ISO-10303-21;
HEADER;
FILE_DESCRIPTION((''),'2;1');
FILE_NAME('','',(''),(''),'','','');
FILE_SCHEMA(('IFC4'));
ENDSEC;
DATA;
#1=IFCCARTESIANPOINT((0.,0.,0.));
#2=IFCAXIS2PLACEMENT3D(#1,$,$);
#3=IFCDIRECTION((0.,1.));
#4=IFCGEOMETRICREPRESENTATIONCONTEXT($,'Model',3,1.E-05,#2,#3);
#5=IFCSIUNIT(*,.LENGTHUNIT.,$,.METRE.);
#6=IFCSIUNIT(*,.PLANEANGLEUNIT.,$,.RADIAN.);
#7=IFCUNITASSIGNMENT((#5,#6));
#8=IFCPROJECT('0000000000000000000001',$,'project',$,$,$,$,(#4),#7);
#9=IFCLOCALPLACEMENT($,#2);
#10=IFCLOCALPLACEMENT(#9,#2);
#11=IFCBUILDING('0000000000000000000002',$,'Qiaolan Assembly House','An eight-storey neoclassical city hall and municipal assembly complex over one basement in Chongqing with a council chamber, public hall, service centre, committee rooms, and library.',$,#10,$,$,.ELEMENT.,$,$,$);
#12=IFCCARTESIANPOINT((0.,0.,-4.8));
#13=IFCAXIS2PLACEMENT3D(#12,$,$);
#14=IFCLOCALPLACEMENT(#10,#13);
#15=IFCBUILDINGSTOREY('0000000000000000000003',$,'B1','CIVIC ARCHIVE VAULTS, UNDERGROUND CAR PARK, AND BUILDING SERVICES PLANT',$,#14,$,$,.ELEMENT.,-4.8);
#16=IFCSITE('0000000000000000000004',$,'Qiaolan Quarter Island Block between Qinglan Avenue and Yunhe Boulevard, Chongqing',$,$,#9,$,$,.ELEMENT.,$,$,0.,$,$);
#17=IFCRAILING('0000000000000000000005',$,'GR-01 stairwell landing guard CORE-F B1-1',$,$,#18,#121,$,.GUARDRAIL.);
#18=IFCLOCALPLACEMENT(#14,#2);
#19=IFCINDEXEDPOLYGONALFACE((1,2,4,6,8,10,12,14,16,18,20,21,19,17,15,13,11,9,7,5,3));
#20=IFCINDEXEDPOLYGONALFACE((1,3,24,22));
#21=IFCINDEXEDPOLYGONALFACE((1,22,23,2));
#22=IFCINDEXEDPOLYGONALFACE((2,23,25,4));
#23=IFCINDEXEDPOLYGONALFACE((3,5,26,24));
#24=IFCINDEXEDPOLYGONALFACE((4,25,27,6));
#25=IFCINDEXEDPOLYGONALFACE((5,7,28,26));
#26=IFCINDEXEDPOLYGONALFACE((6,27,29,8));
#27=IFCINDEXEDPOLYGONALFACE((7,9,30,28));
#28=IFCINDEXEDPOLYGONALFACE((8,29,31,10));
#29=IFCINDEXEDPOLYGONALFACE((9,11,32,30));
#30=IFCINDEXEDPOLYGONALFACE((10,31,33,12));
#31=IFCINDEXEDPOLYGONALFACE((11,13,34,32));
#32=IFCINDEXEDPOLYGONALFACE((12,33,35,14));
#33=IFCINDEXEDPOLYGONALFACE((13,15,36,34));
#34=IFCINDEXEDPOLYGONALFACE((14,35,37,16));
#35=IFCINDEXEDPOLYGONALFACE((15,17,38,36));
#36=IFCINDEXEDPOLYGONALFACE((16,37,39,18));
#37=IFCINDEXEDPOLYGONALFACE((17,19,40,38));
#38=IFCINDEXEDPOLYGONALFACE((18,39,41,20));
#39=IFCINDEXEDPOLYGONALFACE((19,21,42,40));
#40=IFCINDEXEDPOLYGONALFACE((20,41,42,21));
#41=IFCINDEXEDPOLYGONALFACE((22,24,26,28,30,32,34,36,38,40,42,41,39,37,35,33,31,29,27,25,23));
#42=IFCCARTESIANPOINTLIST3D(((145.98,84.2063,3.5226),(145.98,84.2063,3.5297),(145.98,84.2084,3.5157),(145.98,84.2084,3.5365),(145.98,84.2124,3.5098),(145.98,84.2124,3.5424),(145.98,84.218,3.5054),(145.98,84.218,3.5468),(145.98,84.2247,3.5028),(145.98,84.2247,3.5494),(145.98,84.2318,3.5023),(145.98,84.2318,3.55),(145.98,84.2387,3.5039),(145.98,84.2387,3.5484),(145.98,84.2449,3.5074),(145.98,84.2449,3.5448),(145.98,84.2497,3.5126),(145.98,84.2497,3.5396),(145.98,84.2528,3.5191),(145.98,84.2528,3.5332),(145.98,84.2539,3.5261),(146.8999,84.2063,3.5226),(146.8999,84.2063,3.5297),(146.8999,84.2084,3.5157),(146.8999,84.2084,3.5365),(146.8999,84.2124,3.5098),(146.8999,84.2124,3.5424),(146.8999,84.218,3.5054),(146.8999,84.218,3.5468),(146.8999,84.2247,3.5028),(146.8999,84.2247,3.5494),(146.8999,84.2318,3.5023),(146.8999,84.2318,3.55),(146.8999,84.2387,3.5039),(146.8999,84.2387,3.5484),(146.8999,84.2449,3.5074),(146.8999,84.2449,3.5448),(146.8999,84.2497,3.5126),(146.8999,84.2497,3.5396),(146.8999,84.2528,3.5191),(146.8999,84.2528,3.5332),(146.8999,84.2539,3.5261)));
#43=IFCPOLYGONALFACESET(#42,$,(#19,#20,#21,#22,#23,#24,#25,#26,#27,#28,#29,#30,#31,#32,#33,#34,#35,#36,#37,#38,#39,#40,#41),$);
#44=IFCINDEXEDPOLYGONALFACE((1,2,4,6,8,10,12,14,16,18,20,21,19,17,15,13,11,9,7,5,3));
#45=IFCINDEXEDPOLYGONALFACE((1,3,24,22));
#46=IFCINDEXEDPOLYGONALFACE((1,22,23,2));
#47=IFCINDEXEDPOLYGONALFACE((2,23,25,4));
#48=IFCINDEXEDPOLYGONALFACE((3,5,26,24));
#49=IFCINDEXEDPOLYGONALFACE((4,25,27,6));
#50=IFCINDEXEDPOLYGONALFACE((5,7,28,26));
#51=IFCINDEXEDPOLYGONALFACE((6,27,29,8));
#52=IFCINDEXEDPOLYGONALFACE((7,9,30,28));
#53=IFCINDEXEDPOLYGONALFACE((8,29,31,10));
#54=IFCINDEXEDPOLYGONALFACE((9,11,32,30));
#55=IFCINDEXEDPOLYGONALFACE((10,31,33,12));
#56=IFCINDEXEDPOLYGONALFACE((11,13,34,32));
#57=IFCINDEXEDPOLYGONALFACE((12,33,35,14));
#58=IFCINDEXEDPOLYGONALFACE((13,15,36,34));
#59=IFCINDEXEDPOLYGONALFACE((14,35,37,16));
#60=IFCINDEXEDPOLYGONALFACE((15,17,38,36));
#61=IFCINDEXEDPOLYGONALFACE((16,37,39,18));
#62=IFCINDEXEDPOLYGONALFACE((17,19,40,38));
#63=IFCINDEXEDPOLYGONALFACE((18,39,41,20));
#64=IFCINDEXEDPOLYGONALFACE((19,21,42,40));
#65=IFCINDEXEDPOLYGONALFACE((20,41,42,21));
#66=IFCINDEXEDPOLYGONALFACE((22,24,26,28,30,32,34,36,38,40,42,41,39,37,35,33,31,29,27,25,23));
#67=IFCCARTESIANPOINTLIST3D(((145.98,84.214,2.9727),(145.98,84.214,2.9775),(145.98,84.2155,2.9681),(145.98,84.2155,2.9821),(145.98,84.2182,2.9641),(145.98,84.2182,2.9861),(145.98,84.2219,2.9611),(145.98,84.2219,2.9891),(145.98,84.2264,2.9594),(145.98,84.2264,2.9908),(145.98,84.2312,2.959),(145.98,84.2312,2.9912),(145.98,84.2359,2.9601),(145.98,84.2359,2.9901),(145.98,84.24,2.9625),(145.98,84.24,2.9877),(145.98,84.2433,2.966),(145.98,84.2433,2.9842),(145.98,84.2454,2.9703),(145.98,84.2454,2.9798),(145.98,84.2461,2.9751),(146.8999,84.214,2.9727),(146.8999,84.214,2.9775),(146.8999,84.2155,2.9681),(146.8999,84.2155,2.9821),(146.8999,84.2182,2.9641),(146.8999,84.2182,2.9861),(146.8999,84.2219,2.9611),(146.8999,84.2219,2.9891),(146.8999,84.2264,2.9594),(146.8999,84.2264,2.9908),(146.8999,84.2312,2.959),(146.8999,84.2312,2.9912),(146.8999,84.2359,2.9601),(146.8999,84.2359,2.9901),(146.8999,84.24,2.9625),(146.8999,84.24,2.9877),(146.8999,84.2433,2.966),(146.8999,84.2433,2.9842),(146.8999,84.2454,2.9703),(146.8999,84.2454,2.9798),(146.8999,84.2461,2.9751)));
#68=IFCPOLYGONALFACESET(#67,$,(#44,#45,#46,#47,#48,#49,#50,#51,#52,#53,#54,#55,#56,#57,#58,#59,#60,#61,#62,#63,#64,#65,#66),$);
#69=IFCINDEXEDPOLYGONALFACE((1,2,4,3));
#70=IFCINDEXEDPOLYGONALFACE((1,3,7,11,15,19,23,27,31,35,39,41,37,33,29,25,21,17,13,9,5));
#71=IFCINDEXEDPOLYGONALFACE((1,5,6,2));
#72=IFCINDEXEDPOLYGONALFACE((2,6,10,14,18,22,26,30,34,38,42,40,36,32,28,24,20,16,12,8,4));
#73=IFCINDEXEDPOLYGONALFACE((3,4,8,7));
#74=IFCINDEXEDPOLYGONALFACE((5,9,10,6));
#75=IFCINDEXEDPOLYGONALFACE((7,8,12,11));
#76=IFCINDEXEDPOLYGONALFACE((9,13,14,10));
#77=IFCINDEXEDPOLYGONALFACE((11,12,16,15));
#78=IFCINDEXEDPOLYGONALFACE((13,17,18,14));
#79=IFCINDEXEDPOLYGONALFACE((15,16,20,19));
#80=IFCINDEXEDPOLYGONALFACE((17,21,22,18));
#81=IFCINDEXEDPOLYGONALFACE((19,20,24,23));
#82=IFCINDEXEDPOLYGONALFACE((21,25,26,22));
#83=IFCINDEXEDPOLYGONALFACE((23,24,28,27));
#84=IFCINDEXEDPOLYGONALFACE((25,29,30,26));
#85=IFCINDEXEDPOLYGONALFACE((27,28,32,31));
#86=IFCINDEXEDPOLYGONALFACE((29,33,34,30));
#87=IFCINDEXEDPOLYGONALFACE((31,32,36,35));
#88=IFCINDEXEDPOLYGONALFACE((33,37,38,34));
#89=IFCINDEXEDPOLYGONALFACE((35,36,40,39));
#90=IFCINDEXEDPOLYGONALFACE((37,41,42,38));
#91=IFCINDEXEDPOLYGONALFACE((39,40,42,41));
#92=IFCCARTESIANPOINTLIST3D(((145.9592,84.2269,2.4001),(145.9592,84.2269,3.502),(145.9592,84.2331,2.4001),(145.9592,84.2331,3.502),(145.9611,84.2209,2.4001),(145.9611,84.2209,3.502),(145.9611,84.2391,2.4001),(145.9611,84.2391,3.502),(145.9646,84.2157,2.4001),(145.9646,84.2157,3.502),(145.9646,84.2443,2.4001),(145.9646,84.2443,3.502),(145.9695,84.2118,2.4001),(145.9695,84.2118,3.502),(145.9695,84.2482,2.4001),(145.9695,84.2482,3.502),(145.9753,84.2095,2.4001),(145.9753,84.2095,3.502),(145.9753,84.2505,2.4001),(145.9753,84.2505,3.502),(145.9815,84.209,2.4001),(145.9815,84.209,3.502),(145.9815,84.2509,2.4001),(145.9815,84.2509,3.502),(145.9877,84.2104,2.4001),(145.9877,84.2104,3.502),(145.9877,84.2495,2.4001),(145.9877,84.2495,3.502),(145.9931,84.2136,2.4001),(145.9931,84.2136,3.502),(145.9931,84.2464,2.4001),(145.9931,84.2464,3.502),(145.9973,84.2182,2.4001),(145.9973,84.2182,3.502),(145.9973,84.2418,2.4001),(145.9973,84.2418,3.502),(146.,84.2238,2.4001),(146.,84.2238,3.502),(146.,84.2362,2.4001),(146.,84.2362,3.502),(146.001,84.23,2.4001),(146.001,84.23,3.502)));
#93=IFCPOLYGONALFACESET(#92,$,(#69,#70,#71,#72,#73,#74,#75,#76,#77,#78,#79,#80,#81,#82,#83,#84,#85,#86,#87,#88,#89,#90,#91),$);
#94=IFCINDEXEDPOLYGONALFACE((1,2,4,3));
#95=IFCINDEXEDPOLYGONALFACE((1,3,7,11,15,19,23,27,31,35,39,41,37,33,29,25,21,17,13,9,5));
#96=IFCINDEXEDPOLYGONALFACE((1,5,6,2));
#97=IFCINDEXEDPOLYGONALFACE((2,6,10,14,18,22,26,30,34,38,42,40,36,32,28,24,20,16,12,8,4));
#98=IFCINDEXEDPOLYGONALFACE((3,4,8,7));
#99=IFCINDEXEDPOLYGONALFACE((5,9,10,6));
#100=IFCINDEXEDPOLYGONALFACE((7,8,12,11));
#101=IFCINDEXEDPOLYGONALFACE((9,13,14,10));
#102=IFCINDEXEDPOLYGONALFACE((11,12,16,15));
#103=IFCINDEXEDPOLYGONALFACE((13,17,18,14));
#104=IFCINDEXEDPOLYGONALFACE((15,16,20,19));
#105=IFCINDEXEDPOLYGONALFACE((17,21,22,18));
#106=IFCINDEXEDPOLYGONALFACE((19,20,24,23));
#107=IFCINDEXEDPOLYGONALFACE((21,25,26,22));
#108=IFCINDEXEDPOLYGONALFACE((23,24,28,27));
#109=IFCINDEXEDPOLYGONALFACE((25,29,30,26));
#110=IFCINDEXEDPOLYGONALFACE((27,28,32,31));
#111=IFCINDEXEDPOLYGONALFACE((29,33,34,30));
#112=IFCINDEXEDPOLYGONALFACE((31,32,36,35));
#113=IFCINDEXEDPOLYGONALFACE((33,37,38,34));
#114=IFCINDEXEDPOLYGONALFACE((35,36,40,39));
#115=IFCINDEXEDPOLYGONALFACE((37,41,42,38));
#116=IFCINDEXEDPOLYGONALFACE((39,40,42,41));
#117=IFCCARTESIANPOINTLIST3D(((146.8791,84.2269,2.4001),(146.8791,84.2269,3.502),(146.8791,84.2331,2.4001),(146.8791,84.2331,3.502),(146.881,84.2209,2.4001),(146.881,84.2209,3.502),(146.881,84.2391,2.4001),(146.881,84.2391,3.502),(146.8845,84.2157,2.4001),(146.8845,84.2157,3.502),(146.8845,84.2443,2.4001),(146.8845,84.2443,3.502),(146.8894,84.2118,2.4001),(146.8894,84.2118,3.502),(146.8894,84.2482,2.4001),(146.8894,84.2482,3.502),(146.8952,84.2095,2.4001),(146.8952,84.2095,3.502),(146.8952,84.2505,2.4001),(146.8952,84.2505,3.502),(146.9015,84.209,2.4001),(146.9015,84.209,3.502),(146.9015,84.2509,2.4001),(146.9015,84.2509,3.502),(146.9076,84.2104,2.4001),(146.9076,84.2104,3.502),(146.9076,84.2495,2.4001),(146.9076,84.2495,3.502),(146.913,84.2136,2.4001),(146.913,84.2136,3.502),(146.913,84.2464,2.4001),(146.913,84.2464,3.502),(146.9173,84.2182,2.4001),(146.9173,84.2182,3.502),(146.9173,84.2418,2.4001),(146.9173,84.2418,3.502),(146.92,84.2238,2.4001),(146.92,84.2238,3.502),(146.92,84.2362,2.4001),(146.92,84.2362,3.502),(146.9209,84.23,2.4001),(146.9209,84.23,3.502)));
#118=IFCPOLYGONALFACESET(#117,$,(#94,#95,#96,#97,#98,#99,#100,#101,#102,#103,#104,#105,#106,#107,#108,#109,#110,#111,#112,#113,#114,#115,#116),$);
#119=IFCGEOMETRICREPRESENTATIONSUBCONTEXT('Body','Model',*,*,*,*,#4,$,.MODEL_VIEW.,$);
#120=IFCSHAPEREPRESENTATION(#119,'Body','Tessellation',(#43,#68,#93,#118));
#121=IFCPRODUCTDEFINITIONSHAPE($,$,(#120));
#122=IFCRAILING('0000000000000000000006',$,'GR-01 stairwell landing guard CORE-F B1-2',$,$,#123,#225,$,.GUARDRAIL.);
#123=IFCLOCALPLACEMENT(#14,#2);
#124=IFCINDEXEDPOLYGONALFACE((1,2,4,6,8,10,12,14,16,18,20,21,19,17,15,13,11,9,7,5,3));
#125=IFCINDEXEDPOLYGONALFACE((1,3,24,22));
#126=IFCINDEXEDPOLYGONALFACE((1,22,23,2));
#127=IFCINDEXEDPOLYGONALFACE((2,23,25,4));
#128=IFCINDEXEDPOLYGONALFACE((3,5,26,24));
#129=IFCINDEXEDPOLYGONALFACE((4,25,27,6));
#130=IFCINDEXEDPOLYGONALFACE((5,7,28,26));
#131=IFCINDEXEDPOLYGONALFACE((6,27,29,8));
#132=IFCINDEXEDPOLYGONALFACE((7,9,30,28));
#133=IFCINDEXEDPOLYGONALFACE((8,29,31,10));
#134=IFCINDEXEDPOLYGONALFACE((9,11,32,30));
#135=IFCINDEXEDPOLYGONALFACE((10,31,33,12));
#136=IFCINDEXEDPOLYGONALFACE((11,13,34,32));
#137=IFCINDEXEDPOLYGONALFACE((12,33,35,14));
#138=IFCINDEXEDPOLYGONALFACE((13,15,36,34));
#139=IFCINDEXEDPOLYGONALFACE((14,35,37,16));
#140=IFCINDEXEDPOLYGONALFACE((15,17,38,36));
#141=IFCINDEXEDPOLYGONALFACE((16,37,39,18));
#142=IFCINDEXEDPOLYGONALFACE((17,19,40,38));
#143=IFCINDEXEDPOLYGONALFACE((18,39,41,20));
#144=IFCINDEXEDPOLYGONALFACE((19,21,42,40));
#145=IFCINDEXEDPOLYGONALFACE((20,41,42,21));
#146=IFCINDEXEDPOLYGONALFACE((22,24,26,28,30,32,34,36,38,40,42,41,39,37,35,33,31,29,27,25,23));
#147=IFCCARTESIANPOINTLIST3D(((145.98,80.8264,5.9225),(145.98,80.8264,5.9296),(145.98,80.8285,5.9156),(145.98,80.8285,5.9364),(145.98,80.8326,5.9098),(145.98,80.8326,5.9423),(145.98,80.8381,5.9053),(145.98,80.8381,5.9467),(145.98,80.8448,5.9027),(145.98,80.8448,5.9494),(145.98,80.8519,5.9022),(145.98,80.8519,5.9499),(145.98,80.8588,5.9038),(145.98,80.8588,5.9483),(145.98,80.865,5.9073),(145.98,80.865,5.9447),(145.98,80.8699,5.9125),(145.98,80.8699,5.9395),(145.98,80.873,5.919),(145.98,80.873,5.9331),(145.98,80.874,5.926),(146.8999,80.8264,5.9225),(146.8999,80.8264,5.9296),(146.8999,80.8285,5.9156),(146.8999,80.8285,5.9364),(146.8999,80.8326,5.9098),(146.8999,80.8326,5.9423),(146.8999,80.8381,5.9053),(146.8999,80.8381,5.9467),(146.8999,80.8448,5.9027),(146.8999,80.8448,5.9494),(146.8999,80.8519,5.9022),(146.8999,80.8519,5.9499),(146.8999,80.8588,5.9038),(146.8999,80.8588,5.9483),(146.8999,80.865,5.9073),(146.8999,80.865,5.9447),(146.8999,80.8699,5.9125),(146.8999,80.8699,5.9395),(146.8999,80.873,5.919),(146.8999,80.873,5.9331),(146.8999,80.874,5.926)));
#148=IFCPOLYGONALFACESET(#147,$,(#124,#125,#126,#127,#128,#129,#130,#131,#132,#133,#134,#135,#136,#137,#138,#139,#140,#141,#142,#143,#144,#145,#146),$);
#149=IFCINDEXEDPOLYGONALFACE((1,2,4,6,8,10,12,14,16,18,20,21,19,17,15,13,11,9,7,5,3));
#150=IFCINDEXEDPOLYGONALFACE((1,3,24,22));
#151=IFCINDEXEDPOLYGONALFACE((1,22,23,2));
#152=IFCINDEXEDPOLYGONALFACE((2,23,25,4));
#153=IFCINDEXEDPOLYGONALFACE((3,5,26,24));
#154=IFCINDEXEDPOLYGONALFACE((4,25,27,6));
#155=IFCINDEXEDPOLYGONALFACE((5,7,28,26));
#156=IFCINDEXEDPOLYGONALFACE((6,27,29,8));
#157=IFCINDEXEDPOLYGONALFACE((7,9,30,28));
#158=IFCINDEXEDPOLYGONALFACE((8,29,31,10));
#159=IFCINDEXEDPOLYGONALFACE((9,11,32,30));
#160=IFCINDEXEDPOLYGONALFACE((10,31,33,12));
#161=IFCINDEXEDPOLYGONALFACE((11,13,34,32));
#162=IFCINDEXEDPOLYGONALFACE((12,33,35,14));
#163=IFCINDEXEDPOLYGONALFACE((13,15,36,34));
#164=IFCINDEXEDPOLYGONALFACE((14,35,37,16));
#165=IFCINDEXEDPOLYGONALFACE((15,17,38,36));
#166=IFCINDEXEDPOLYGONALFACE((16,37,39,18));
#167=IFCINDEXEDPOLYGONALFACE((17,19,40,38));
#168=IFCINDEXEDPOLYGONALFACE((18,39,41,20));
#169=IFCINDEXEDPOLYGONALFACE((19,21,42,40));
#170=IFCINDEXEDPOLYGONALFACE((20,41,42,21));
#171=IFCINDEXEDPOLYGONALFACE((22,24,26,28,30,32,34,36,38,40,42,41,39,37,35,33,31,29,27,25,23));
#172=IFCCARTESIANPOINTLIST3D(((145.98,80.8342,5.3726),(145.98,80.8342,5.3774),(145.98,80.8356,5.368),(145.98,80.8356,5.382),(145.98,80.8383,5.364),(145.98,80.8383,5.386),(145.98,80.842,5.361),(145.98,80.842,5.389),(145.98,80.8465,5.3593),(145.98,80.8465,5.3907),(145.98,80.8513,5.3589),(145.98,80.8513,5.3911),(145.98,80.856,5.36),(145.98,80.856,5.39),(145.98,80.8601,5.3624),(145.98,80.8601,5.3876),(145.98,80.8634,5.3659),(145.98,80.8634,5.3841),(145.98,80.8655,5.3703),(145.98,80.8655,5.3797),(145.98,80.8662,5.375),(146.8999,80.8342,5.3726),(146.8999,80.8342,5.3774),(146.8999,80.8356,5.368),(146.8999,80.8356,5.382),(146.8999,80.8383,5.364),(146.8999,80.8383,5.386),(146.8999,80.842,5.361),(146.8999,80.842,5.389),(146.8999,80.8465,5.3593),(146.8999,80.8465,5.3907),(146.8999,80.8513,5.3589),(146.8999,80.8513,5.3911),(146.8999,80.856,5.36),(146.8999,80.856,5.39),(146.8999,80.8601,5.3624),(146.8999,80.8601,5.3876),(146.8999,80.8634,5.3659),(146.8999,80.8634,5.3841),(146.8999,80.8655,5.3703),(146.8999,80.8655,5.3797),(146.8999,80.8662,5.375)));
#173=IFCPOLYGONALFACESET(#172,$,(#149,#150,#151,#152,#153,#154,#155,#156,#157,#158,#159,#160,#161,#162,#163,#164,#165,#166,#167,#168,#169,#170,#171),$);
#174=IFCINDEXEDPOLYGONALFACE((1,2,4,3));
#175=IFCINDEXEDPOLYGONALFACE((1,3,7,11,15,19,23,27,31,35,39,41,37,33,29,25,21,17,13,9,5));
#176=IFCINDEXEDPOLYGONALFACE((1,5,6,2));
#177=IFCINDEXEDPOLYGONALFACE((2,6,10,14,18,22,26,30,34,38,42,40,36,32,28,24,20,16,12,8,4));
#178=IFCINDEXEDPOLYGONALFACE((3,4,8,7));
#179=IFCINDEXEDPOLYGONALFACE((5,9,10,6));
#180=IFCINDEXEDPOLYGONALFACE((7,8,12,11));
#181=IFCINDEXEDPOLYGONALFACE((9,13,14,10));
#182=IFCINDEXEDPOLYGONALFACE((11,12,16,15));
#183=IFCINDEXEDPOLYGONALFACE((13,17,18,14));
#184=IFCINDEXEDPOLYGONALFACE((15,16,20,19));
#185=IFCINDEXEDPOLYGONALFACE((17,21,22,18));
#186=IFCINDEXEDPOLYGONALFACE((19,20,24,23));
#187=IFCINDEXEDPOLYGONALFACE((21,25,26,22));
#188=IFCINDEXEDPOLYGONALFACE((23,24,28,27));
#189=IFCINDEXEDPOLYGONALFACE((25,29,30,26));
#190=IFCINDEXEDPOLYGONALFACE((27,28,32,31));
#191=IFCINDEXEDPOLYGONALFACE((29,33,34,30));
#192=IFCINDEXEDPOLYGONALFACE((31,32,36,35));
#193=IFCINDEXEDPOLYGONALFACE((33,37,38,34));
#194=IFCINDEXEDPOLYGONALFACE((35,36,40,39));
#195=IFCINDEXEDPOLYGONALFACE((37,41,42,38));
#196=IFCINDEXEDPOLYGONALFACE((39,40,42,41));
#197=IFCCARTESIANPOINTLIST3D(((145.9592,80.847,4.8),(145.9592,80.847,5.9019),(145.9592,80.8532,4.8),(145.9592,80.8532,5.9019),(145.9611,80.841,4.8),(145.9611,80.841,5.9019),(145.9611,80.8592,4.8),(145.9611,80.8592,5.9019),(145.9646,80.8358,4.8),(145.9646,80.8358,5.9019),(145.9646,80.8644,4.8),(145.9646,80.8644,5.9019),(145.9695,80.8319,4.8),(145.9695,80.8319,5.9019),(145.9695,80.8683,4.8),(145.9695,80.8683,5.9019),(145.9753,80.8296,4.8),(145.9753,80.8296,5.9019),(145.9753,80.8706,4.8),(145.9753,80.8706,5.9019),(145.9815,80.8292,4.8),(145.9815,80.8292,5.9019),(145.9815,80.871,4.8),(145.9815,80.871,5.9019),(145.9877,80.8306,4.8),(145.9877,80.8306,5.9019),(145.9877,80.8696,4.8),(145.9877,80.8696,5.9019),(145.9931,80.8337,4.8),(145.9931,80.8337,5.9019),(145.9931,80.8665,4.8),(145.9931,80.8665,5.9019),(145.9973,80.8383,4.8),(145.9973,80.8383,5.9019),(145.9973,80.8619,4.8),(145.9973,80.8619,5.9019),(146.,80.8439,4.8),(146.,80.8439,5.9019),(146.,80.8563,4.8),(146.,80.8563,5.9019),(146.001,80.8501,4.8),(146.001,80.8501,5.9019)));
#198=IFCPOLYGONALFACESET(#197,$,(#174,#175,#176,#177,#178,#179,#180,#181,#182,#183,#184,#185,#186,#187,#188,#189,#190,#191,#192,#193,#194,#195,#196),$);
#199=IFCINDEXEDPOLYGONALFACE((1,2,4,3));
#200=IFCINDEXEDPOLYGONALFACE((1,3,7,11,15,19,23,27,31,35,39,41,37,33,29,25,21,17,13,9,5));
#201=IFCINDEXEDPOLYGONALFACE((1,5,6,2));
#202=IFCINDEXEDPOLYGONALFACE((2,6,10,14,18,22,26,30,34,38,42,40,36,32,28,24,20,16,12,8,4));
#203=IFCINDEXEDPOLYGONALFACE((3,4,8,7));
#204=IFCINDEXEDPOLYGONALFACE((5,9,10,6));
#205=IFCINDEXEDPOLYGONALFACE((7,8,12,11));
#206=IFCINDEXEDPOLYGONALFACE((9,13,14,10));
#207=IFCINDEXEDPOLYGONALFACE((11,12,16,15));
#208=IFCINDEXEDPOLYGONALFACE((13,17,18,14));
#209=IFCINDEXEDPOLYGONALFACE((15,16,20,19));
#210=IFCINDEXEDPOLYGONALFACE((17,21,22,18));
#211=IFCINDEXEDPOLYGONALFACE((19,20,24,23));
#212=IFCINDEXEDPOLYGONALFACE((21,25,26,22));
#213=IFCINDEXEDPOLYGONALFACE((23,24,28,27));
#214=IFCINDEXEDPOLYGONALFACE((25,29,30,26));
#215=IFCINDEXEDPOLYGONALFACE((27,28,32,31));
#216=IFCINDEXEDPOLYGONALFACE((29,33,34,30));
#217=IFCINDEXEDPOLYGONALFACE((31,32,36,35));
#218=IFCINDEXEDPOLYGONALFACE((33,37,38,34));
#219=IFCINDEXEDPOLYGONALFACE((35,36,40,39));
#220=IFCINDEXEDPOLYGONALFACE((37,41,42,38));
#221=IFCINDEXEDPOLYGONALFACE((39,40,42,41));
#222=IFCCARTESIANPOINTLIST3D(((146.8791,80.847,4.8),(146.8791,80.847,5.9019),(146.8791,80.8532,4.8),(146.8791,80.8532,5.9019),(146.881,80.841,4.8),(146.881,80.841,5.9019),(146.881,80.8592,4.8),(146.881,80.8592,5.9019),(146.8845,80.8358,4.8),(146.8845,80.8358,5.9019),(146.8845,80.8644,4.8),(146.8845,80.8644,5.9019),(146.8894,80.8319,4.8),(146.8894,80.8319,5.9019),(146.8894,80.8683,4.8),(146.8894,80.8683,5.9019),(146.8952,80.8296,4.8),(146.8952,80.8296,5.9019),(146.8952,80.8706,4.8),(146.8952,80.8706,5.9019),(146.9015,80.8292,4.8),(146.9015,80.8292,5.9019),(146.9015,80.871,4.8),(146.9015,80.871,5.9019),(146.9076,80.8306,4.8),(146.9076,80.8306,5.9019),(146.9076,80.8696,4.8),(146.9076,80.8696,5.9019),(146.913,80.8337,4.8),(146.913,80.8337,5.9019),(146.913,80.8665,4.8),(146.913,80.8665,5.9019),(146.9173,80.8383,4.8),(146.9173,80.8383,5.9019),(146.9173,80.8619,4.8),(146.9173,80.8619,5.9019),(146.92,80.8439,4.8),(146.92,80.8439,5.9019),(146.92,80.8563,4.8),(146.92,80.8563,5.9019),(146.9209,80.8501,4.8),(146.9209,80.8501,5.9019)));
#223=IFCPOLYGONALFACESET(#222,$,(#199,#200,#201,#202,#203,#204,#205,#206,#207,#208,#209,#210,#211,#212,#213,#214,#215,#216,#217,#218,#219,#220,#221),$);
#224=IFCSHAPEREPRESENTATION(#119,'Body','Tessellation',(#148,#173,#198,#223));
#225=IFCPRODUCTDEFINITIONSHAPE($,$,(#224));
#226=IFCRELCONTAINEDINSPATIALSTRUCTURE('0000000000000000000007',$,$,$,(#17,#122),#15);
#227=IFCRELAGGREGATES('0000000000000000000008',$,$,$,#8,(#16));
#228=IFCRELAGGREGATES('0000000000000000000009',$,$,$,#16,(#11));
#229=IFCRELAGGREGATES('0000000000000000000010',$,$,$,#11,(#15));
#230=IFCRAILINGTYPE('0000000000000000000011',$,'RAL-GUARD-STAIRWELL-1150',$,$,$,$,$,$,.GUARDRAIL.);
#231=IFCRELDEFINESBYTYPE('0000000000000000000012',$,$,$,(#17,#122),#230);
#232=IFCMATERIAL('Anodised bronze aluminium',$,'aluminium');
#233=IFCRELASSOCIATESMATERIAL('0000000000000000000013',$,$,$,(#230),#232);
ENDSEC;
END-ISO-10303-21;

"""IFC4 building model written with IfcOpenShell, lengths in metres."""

from ifc_helpers import new_model, si_unit, direction, frame, origin, origin_2d, place, context, subcontext, project, spatial, circle, extrude, material, type_object, element, save


model = new_model("IFC4")

# Units and contexts
model_context = context("Model", 3, precision=1e-05, world=origin(), true_north=direction((0.0, 1.0)))
body_context = subcontext(model_context, "Body", "Model", "MODEL_VIEW")
ifc_project = project(units=[si_unit("LENGTHUNIT", "METRE"), si_unit("PLANEANGLEUNIT", "RADIAN")], contexts=[model_context])

# Site, building, storey
site_placement = place(None, origin())
site = spatial("IfcSite", under=ifc_project, at=site_placement, Name="Qiaolan Quarter Island Block between Qinglan Avenue and Yunhe Boulevard, Chongqing", CompositionType="ELEMENT", RefElevation=0.0)
building_placement = place(site_placement, origin())
building = spatial("IfcBuilding", under=site, at=building_placement, Name="Qiaolan Assembly House", Description="An eight-storey neoclassical city hall and municipal assembly complex over one basement in Chongqing with a council chamber, public hall, service centre, committee rooms, and library.", CompositionType="ELEMENT")
storey_placement = place(building_placement, frame((0.0, 0.0, -4.8)))
storey = spatial("IfcBuildingStorey", under=building, at=storey_placement, Name="B1", Description="CIVIC ARCHIVE VAULTS, UNDERGROUND CAR PARK, AND BUILDING SERVICES PLANT", CompositionType="ELEMENT", Elevation=-4.8)

# Railings
ifc_material_1 = material(Name="Anodised bronze aluminium", Category="aluminium")
railing_type_1 = type_object("IfcRailingType", Name="RAL-GUARD-STAIRWELL-1150", PredefinedType="GUARDRAIL", material=ifc_material_1)
for number, where, name in (
    (1, (145.98, 84.23, 2.4001), "GR-01 stairwell landing guard CORE-F B1-1"),
    (2, (145.98, 80.8501, 4.8), "GR-01 stairwell landing guard CORE-F B1-2"),
):
    element("IfcRailing", number, at=place(storey_placement, frame(where)), inside=storey, type_object=railing_type_1, Name=name, PredefinedType="GUARDRAIL", context=body_context, shape_type="SweptSolid", body=[
        extrude(circle(Radius=0.0239, at=origin_2d()), frame((0.0, 0.0, 1.126), z_axis=(1.0, 0.0, 0.0), x_axis=(0.0, 1.0, 0.0)), (0.0, 0.0, 1.0), 0.9199),
        extrude(circle(Radius=0.0161, at=origin_2d()), frame((0.0, 0.0, 0.575), z_axis=(1.0, 0.0, 0.0), x_axis=(0.0, 1.0, 0.0)), (0.0, 0.0, 1.0), 0.9199),
        extrude(circle(Radius=0.021, at=origin_2d()), origin(), (0.0, 0.0, 1.0), 1.1018),
        extrude(circle(Radius=0.021, at=origin_2d()), frame((0.9199, 0.0, 0.0)), (0.0, 0.0, 1.0), 1.1018),
    ])

save(model, "model.ifc")
